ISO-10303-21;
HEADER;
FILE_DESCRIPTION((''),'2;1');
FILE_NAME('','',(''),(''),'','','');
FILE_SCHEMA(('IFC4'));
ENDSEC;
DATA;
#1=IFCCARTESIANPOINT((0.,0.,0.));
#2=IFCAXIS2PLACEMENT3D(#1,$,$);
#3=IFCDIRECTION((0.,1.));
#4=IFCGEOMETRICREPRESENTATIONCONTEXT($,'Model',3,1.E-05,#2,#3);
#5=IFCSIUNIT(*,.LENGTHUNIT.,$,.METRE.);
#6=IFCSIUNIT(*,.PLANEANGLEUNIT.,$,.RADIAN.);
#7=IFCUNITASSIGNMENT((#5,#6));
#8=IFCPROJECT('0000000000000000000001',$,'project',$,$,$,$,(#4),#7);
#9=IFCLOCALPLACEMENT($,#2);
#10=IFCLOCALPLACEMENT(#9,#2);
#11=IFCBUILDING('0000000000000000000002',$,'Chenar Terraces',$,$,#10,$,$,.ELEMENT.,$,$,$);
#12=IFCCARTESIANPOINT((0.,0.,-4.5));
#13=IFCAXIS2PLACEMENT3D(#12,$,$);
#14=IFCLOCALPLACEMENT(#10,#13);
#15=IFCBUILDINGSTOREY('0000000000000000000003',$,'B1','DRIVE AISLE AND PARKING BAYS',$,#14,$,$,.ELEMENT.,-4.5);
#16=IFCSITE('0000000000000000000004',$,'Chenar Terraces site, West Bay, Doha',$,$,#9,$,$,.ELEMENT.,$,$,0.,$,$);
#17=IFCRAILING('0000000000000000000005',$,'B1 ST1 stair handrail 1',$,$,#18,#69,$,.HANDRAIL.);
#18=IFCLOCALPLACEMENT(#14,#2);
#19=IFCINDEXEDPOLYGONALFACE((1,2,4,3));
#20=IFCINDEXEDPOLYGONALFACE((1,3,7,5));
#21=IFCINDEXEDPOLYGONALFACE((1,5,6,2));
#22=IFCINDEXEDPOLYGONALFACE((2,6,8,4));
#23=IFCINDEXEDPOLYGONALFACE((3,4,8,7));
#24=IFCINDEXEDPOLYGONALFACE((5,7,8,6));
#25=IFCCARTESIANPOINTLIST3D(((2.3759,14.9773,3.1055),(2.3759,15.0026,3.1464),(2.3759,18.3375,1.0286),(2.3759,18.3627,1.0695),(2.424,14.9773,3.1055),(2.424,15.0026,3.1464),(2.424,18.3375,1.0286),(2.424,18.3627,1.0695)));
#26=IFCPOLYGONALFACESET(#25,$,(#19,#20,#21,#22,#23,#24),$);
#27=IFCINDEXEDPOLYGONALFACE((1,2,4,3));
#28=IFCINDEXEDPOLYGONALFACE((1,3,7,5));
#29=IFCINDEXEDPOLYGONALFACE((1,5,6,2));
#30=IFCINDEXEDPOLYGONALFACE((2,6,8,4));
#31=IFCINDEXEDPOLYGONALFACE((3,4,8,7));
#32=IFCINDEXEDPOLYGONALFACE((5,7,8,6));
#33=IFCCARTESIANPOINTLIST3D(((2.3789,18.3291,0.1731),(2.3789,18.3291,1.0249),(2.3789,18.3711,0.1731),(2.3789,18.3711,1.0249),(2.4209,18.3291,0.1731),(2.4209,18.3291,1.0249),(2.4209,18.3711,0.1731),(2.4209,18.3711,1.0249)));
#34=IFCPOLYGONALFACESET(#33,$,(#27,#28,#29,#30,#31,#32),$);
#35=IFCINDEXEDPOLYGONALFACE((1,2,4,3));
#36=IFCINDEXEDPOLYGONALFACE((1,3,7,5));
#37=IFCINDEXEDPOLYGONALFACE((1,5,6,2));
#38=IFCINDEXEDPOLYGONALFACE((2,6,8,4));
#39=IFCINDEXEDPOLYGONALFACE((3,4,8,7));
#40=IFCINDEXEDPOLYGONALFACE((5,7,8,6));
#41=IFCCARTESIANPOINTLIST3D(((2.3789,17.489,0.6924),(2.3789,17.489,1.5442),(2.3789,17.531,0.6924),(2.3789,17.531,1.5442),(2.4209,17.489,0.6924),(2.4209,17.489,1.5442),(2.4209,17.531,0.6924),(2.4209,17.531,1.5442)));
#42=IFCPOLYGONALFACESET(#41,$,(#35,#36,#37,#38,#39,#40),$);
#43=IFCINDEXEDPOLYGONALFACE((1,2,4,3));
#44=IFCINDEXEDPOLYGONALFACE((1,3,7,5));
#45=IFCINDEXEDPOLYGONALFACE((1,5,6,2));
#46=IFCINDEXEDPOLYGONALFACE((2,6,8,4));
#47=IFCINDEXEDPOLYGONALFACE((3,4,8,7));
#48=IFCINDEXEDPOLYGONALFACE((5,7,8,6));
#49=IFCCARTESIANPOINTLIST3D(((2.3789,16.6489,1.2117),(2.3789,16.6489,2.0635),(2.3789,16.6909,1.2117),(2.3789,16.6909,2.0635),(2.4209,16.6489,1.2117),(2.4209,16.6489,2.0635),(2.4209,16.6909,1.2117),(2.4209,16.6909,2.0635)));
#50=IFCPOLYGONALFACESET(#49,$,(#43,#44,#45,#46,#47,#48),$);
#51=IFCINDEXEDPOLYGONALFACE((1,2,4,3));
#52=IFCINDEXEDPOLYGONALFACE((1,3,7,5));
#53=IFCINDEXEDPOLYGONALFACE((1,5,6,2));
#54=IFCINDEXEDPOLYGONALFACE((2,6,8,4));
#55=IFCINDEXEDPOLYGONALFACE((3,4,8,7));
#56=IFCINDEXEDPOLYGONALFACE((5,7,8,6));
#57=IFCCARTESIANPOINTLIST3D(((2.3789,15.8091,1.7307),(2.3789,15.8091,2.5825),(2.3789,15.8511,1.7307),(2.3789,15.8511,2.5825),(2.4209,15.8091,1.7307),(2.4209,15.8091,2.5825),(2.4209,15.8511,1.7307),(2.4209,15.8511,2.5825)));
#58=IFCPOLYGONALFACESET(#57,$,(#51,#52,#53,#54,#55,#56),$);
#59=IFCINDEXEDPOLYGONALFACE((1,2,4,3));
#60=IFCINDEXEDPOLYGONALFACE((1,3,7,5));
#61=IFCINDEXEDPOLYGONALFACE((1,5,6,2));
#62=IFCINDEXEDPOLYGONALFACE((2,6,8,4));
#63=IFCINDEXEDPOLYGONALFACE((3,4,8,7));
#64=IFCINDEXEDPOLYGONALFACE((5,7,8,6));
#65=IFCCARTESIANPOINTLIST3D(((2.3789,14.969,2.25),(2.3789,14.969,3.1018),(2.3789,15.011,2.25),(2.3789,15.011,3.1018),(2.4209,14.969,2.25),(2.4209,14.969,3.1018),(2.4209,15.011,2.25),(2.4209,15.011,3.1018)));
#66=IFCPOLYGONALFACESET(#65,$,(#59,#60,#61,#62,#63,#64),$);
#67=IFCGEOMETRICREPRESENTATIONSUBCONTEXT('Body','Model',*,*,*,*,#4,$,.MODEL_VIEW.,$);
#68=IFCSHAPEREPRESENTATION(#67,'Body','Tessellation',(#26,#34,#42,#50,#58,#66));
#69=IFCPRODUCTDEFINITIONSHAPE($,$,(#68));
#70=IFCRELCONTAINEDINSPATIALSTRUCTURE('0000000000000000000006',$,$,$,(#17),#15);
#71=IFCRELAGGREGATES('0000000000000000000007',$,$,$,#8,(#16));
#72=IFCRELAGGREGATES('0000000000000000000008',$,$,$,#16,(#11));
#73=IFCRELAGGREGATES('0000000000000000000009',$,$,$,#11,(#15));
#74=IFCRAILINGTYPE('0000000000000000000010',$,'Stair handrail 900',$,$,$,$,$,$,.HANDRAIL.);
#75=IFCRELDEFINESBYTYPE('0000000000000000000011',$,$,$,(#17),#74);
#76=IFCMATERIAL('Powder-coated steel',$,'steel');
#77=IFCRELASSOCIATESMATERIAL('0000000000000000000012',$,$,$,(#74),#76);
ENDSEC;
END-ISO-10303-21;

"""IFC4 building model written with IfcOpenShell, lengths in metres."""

from ifc_helpers import new_model, si_unit, direction, frame, origin, origin_2d, place, context, subcontext, project, spatial, rectangle, extrude, material, type_object, element, save


model = new_model("IFC4")

# Units and contexts
model_context = context("Model", 3, precision=1e-05, world=origin(), true_north=direction((0.0, 1.0)))
body_context = subcontext(model_context, "Body", "Model", "MODEL_VIEW")
ifc_project = project(units=[si_unit("LENGTHUNIT", "METRE"), si_unit("PLANEANGLEUNIT", "RADIAN")], contexts=[model_context])

# Site, building, storey
site_placement = place(None, origin())
site = spatial("IfcSite", under=ifc_project, at=site_placement, Name="Chenar Terraces site, West Bay, Doha", CompositionType="ELEMENT", RefElevation=0.0)
building_placement = place(site_placement, origin())
building = spatial("IfcBuilding", under=site, at=building_placement, Name="Chenar Terraces", CompositionType="ELEMENT")
storey_placement = place(building_placement, frame((0.0, 0.0, -4.5)))
storey = spatial("IfcBuildingStorey", under=building, at=storey_placement, Name="B1", Description="DRIVE AISLE AND PARKING BAYS", CompositionType="ELEMENT", Elevation=-4.5)

# Railing
ifc_material_1 = material(Name="Powder-coated steel", Category="steel")
railing_type_1 = type_object("IfcRailingType", Name="Stair handrail 900", PredefinedType="HANDRAIL", material=ifc_material_1)
railing_1_placement = place(storey_placement, frame((2.3999, 18.3501, 0.1731)))
element("IfcRailing", 1, at=railing_1_placement, inside=storey, type_object=railing_type_1, Name="B1 ST1 stair handrail 1", PredefinedType="HANDRAIL", context=body_context, shape_type="SweptSolid", body=[
    extrude(rectangle(XDim=0.0481, YDim=0.0481, at=origin_2d()), frame((0.0, 0.0, 0.876), z_axis=(0.0, -0.850623, 0.525776), x_axis=(1.0, 0.0, 0.0)), (0.0, 0.0, 1.0), 3.9502),
    extrude(rectangle(XDim=0.042, YDim=0.042, at=origin_2d()), origin(), (0.0, 0.0, 1.0), 0.8518),
    extrude(rectangle(XDim=0.042, YDim=0.042, at=origin_2d()), frame((0.0, -0.8401, 0.5193)), (0.0, 0.0, 1.0), 0.8518),
    extrude(rectangle(XDim=0.042, YDim=0.042, at=origin_2d()), frame((0.0, -1.6802, 1.0386)), (0.0, 0.0, 1.0), 0.8518),
    extrude(rectangle(XDim=0.042, YDim=0.042, at=origin_2d()), frame((0.0, -2.52, 1.5576)), (0.0, 0.0, 1.0), 0.8518),
    extrude(rectangle(XDim=0.042, YDim=0.042, at=origin_2d()), frame((0.0, -3.3601, 2.0769)), (0.0, 0.0, 1.0), 0.8518),
])

save(model, "model.ifc")
